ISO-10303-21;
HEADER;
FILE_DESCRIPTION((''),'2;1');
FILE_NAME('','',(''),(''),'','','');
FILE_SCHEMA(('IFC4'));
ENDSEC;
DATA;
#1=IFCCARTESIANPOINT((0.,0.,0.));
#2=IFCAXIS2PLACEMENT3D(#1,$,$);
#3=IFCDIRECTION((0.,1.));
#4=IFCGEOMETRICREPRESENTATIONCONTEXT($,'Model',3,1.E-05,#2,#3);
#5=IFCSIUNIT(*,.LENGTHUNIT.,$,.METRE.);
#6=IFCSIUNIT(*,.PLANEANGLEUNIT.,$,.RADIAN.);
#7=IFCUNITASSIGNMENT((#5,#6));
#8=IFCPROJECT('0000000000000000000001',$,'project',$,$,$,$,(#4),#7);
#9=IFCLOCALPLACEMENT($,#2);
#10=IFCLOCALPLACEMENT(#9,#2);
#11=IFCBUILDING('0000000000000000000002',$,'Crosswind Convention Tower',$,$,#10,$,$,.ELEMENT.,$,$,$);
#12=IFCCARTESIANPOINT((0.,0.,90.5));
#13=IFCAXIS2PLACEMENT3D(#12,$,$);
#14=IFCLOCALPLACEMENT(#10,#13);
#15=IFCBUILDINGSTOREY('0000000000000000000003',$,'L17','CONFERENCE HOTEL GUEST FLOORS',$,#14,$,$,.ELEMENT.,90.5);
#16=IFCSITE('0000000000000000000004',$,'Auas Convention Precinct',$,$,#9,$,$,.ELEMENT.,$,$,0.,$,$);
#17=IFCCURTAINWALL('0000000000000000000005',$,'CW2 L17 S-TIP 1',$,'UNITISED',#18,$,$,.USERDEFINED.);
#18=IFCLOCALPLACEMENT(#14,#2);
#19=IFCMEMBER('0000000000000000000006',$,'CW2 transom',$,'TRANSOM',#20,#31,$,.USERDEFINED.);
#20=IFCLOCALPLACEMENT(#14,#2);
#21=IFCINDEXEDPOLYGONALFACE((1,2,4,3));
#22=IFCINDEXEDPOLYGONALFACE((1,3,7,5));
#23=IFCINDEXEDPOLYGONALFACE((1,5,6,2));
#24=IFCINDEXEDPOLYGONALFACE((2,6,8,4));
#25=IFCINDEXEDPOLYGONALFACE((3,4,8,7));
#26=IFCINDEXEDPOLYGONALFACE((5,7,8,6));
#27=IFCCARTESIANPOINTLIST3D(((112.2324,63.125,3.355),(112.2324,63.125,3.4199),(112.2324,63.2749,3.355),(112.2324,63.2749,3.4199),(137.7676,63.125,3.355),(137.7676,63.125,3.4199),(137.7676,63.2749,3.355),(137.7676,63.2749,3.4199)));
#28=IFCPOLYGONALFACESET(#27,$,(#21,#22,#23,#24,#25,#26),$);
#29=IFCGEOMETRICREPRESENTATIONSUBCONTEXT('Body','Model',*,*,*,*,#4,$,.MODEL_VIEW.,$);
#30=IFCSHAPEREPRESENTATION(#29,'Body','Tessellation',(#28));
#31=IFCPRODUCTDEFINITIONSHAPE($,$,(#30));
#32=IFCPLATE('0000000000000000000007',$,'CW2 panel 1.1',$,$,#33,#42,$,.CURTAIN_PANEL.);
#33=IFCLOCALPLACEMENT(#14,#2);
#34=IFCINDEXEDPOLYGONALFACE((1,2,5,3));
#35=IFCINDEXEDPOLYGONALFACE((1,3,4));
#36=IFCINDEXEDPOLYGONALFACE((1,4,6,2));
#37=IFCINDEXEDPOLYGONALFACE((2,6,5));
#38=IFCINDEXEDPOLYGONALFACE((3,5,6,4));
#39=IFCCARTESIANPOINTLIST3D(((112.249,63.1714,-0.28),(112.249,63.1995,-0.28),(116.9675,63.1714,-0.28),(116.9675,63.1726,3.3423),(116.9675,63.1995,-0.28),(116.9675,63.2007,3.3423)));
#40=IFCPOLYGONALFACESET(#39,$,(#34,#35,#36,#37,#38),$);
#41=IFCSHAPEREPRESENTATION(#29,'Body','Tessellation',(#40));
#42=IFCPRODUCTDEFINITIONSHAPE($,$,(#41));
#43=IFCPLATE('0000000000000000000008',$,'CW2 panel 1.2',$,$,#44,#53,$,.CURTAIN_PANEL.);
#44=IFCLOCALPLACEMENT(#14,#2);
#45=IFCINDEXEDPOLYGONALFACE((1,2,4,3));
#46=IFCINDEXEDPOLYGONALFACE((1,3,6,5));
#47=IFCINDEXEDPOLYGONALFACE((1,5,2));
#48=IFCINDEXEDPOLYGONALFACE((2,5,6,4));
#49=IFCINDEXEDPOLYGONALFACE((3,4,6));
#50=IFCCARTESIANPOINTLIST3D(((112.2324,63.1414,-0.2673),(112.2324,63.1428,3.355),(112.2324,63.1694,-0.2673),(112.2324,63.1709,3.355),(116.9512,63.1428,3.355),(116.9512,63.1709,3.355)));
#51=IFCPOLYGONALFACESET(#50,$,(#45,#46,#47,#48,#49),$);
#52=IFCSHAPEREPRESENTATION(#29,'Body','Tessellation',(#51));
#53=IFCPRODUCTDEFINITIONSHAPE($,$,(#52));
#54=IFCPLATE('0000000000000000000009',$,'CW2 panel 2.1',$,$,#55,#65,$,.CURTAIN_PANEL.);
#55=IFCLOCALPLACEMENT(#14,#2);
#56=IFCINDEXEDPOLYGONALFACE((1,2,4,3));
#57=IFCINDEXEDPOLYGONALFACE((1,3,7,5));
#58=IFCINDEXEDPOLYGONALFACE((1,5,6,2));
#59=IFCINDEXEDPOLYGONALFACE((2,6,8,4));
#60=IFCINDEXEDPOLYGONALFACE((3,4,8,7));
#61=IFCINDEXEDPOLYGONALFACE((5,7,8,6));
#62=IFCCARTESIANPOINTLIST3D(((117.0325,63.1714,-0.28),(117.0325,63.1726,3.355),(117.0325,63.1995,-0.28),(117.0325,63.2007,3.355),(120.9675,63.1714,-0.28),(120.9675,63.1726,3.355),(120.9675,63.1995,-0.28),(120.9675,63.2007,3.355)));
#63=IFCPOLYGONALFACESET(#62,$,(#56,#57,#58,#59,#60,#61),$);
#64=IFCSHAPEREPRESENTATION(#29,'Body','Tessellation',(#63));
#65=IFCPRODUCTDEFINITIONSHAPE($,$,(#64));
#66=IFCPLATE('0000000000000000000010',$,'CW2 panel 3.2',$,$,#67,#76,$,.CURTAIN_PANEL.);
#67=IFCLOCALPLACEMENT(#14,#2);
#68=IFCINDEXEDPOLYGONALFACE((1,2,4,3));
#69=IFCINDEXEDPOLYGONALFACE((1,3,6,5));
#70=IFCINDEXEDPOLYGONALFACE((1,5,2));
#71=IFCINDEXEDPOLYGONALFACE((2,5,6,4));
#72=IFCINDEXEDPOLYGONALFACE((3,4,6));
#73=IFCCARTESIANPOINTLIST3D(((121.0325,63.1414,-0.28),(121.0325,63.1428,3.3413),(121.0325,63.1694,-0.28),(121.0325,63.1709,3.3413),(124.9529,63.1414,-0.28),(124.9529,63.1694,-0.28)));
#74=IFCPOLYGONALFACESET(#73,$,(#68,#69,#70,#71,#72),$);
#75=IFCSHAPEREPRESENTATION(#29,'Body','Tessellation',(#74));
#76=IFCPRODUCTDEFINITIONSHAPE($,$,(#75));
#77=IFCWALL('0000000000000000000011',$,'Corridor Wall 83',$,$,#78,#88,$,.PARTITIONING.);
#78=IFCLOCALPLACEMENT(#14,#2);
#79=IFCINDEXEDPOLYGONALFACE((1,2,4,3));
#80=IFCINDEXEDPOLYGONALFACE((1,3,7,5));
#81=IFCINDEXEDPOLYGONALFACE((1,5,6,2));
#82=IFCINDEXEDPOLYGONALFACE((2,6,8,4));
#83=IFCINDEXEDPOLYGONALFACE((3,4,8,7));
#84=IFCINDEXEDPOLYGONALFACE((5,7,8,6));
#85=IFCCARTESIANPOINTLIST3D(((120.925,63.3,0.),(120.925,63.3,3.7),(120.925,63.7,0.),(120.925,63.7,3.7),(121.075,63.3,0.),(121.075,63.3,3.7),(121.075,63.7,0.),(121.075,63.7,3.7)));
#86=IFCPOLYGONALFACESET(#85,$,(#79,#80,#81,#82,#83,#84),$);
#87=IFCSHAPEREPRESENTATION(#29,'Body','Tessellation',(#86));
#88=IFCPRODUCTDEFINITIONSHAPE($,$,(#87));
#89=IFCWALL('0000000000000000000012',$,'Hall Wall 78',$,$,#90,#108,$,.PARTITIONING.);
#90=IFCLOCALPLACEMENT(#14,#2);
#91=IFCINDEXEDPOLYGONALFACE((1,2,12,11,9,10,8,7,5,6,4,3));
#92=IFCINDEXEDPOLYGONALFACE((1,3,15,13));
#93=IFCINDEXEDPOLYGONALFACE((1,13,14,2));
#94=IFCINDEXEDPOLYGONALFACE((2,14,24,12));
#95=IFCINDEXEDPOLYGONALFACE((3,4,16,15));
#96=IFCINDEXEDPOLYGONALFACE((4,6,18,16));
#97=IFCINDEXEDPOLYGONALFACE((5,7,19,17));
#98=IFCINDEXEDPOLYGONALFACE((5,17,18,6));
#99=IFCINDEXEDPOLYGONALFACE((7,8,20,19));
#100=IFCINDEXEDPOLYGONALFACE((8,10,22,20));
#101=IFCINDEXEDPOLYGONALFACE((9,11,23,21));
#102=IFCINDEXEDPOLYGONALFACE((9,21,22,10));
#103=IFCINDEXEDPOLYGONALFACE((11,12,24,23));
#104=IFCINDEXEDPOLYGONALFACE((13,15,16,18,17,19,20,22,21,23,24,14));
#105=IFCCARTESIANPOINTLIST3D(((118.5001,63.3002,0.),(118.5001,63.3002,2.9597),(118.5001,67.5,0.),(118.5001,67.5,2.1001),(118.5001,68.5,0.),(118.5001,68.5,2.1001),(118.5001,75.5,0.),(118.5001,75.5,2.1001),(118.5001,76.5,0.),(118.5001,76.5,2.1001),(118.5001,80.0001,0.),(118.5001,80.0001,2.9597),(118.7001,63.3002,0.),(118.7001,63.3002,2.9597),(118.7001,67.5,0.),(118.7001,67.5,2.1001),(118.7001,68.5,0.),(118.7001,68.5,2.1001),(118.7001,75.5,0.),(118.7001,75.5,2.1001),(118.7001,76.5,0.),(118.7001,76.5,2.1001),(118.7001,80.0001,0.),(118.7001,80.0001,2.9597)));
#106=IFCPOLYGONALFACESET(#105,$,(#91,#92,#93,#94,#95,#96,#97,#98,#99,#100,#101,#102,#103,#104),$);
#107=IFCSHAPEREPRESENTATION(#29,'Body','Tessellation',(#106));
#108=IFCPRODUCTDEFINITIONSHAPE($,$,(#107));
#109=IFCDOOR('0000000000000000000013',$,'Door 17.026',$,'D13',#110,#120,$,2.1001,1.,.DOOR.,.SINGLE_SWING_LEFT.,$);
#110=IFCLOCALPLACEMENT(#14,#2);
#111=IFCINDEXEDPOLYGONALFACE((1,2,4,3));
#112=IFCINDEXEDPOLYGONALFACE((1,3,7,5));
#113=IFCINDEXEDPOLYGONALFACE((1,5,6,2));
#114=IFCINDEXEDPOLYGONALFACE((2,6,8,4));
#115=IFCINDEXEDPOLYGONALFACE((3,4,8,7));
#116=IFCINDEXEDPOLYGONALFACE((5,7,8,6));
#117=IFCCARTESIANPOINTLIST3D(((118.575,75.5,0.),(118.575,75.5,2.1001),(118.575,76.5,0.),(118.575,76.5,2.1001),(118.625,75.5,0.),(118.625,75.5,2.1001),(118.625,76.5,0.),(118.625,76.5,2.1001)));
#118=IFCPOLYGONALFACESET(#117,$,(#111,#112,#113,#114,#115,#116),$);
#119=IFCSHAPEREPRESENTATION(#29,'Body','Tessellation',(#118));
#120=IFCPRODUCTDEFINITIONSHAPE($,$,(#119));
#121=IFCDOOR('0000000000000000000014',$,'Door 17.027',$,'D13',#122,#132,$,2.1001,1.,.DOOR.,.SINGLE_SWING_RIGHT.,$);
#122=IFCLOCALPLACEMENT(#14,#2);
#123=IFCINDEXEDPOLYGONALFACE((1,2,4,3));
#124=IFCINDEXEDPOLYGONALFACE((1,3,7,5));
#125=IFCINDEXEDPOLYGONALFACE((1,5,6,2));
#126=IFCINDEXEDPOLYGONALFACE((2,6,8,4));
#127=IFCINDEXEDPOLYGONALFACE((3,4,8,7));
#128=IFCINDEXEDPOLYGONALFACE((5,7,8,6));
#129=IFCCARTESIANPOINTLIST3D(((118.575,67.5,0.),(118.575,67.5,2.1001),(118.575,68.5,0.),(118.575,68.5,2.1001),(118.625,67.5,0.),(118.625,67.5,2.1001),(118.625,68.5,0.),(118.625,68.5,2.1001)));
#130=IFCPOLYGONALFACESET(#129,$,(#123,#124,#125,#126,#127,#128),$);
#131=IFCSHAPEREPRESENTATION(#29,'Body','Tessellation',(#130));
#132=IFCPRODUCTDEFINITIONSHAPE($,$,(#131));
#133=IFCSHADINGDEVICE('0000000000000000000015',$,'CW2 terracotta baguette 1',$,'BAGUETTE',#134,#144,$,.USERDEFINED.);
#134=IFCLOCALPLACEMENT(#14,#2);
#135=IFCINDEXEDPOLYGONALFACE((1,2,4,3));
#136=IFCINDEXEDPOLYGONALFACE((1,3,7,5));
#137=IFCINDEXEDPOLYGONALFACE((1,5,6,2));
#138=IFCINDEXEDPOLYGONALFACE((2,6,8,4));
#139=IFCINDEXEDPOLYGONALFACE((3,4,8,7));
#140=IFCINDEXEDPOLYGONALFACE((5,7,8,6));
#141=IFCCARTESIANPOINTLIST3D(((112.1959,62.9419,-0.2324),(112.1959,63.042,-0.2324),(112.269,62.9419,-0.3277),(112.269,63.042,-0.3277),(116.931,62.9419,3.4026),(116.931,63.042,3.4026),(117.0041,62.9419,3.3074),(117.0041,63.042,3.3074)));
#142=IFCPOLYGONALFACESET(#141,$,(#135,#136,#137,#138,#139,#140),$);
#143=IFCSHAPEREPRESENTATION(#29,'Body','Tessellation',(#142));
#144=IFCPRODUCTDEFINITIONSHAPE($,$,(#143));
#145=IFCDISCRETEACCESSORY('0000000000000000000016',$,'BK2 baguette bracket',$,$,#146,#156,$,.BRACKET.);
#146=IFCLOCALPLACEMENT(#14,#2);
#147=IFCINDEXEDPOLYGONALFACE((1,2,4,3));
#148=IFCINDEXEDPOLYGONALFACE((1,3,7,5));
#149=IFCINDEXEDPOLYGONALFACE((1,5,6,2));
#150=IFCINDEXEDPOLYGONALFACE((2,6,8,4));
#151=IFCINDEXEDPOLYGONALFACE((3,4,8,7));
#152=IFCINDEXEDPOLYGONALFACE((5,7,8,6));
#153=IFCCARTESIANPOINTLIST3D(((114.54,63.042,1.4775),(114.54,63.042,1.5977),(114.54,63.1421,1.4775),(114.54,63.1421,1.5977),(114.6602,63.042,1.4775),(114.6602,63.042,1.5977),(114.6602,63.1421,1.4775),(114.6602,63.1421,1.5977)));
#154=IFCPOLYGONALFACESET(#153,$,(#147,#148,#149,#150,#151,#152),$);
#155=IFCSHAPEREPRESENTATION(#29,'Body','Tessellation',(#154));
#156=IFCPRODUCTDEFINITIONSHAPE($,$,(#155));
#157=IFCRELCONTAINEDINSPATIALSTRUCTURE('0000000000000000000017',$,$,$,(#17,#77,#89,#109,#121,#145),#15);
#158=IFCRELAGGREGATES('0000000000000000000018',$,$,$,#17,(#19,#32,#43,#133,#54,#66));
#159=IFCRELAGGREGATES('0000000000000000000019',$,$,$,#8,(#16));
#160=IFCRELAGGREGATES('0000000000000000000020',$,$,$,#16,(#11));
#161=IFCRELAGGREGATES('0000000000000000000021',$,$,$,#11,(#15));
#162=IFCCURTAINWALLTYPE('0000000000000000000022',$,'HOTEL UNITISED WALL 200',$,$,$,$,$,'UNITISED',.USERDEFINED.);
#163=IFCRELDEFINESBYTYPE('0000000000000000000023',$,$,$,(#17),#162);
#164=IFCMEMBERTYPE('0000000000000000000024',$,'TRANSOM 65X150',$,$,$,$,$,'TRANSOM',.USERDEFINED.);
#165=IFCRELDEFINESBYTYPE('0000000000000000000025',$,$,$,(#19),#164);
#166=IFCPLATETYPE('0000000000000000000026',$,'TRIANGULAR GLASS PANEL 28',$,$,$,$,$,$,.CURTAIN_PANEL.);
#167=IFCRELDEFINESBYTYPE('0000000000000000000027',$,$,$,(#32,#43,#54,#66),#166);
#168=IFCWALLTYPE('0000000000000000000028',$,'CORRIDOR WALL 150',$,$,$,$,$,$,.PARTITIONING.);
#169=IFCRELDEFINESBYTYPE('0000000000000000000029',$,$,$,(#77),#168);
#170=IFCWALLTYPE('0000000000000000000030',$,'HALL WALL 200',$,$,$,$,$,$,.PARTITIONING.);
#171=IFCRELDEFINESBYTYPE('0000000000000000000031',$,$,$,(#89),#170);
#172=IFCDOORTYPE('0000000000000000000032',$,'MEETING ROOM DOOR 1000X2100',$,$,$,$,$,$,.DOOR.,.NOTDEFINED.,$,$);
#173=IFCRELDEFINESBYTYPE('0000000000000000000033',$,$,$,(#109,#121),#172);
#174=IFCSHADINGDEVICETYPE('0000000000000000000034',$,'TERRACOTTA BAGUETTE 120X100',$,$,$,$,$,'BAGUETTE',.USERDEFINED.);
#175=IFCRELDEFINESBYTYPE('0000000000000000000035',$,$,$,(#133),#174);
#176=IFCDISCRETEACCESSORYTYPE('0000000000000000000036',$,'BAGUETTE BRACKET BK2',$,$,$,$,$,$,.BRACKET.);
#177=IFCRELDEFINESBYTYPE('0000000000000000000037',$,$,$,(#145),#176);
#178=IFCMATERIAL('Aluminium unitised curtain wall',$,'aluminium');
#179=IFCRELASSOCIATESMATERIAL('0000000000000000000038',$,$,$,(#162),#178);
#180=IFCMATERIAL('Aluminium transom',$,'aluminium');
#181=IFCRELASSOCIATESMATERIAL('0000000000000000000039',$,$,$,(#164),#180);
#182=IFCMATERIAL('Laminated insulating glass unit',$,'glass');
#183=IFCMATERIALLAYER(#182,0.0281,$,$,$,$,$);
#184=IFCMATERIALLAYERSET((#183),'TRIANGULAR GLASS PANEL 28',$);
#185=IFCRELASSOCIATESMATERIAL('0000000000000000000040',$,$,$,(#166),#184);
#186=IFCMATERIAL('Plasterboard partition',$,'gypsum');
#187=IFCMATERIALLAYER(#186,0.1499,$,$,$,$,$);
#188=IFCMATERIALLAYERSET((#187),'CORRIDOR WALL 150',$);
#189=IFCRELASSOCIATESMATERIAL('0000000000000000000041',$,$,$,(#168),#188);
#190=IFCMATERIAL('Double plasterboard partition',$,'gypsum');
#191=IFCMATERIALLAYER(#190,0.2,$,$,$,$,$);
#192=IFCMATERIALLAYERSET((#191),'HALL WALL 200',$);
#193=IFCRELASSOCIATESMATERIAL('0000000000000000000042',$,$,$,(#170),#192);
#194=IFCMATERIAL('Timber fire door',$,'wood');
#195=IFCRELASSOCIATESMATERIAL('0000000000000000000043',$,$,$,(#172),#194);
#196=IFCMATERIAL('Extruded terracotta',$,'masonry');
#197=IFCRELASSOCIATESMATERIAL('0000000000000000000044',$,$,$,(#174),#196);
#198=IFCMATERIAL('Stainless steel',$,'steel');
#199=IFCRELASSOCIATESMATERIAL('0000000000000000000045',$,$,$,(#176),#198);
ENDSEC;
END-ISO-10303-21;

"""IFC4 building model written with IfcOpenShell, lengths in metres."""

from ifc_helpers import new_model, si_unit, direction, frame, frame_2d, origin, origin_2d, place, context, subcontext, project, spatial, polyline, rectangle, outline, extrude, material, layer, layer_set, material_profile, profile_set, type_object, element, fill, aggregate, save


model = new_model("IFC4")

# Units and contexts
model_context = context("Model", 3, precision=1e-05, world=origin(), true_north=direction((0.0, 1.0)))
body_context = subcontext(model_context, "Body", "Model", "MODEL_VIEW")
ifc_project = project(units=[si_unit("LENGTHUNIT", "METRE"), si_unit("PLANEANGLEUNIT", "RADIAN")], contexts=[model_context])

# Site, building, storey
site_placement = place(None, origin())
site = spatial("IfcSite", under=ifc_project, at=site_placement, Name="Auas Convention Precinct", CompositionType="ELEMENT", RefElevation=0.0)
building_placement = place(site_placement, origin())
building = spatial("IfcBuilding", under=site, at=building_placement, Name="Crosswind Convention Tower", CompositionType="ELEMENT")
storey_placement = place(building_placement, frame((0.0, 0.0, 90.5)))
storey = spatial("IfcBuildingStorey", under=building, at=storey_placement, Name="L17", Description="CONFERENCE HOTEL GUEST FLOORS", CompositionType="ELEMENT", Elevation=90.5)

# Curtain wall, member, plates
ifc_material_1 = material(Name="Aluminium unitised curtain wall", Category="aluminium")
curtain_wall_type = type_object("IfcCurtainWallType", Name="HOTEL UNITISED WALL 200", ElementType="UNITISED", PredefinedType="USERDEFINED", material=ifc_material_1)
curtain_wall_placement = place(storey_placement, origin())
curtain_wall = element("IfcCurtainWall", 1, at=curtain_wall_placement, inside=storey, type_object=curtain_wall_type, Name="CW2 L17 S-TIP 1", ObjectType="UNITISED", PredefinedType="USERDEFINED")
ifc_material_2 = material(Name="Aluminium transom", Category="aluminium")
ifc_material_profile_1 = material_profile(ifc_material_2, rectangle(XDim=0.1499, YDim=0.0649, at=origin_2d()), Name="AL 150X65")
ifc_profile_set_1 = profile_set([ifc_material_profile_1], Name="Aluminium transom")
member_type_1 = type_object("IfcMemberType", Name="TRANSOM 65X150", ElementType="TRANSOM", PredefinedType="USERDEFINED", material=ifc_profile_set_1)
member_1_placement = place(storey_placement, frame((112.2324, 63.2, 3.3875), z_axis=(1.0, 0.0, 0.0), x_axis=(0.0, 1.0, 0.0)))
member_1 = element("IfcMember", 2, at=member_1_placement, type_object=member_type_1, Name="CW2 transom", ObjectType="TRANSOM", PredefinedType="USERDEFINED", context=body_context, shape_type="SweptSolid", body=[
    extrude(rectangle(XDim=0.1499, YDim=0.0649, at=origin_2d()), origin(), (0.0, 0.0, 1.0), 25.5352),
])
ifc_material_3 = material(Name="Laminated insulating glass unit", Category="glass")
ifc_layer_1 = layer(ifc_material_3, 0.0281)
ifc_layer_set_1 = layer_set([ifc_layer_1], Name="TRIANGULAR GLASS PANEL 28")
plate_type = type_object("IfcPlateType", Name="TRIANGULAR GLASS PANEL 28", PredefinedType="CURTAIN_PANEL", material=ifc_layer_set_1)
plate_1_placement = place(storey_placement, frame((116.9675, 63.1714, -0.28), z_axis=(0.0, -1.0, 0.000337), x_axis=(0.0, 0.000337, 1.0)))
plate_1 = element("IfcPlate", 3, at=plate_1_placement, type_object=plate_type, Name="CW2 panel 1.1", PredefinedType="CURTAIN_PANEL", context=body_context, shape_type="SweptSolid", body=[
    extrude(outline(polyline([(0.0, 0.0), (3.6223, 0.0), (0.0, 4.7185), (0.0, 0.0)])), origin(), (0.0, 0.0, -1.0), 0.0281),
])
plate_2_placement = place(storey_placement, frame((112.2324, 63.1428, 3.355), z_axis=(0.0, -1.0, 0.000404), x_axis=(0.0, -0.000404, -1.0)))
plate_2 = element("IfcPlate", 4, at=plate_2_placement, type_object=plate_type, Name="CW2 panel 1.2", PredefinedType="CURTAIN_PANEL", context=body_context, shape_type="SweptSolid", body=[
    extrude(outline(polyline([(0.0, 0.0), (3.6223, 0.0), (0.0, 4.7188), (0.0, 0.0)])), origin(), (0.0, 0.0, -1.0), 0.0281),
])
plate_3_placement = place(storey_placement, frame((117.0325, 63.1714, -0.28), z_axis=(0.0, -1.0, 0.000336), x_axis=(1.0, 0.0, 0.0)))
plate_3 = element("IfcPlate", 5, at=plate_3_placement, type_object=plate_type, Name="CW2 panel 2.1", PredefinedType="CURTAIN_PANEL", context=body_context, shape_type="SweptSolid", body=[
    extrude(outline(polyline([(0.0, 0.0), (3.9351, 0.0), (3.9351, 3.635), (0.0, 3.635), (0.0, 0.0)])), origin(), (0.0, 0.0, -1.0), 0.0281),
])
plate_4_placement = place(storey_placement, frame((121.0325, 63.1414, -0.28), z_axis=(0.0, -1.0, 0.000405), x_axis=(1.0, 0.0, 0.0)))
plate_4 = element("IfcPlate", 6, at=plate_4_placement, type_object=plate_type, Name="CW2 panel 3.2", PredefinedType="CURTAIN_PANEL", context=body_context, shape_type="SweptSolid", body=[
    extrude(outline(polyline([(0.0, 0.0), (3.9204, 0.0), (0.0, 3.6213), (0.0, 0.0)])), origin(), (0.0, 0.0, -1.0), 0.0281),
])

# Wall
ifc_material_4 = material(Name="Plasterboard partition", Category="gypsum")
ifc_layer_2 = layer(ifc_material_4, 0.1499)
ifc_layer_set_2 = layer_set([ifc_layer_2], Name="CORRIDOR WALL 150")
wall_type_1 = type_object("IfcWallType", Name="CORRIDOR WALL 150", PredefinedType="PARTITIONING", material=ifc_layer_set_2)
wall_1_placement = place(storey_placement, frame((121.0, 63.3, 0.0), z_axis=(0.0, 0.0, 1.0), x_axis=(0.0, 1.0, 0.0)))
element("IfcWall", 7, at=wall_1_placement, inside=storey, type_object=wall_type_1, Name="Corridor Wall 83", PredefinedType="PARTITIONING", context=body_context, shape_type="SweptSolid", body=[
    extrude(rectangle(XDim=0.3999, YDim=0.1499, at=frame_2d((0.2, 0.0))), origin(), (0.0, 0.0, 1.0), 3.7),
])

# Wall, openings, doors
ifc_material_5 = material(Name="Double plasterboard partition", Category="gypsum")
ifc_layer_3 = layer(ifc_material_5, 0.2)
ifc_layer_set_3 = layer_set([ifc_layer_3], Name="HALL WALL 200")
wall_type_2 = type_object("IfcWallType", Name="HALL WALL 200", PredefinedType="PARTITIONING", material=ifc_layer_set_3)
wall_2_placement = place(storey_placement, frame((118.6001, 63.3, 0.0), z_axis=(0.0, 0.0, 1.0), x_axis=(0.0, 1.0, 0.0)))
wall_2 = element("IfcWall", 8, at=wall_2_placement, inside=storey, type_object=wall_type_2, Name="Hall Wall 78", PredefinedType="PARTITIONING", context=body_context, shape_type="SweptSolid", body=[
    extrude(rectangle(XDim=16.7, YDim=0.2, at=frame_2d((8.3501, 0.0))), origin(), (0.0, 0.0, 1.0), 2.9597),
])
opening_1_placement = place(wall_2_placement, frame((12.2, 0.0, 0.0)))
opening_1 = element("IfcOpeningElement", 9, at=opening_1_placement, cuts=wall_2, PredefinedType="OPENING", context=body_context, shape_type="SweptSolid", body=[
    extrude(rectangle(XDim=1.0, YDim=2.1001, at=frame_2d((0.5, 1.05))), frame((0.0, 0.1099, 0.0), z_axis=(0.0, -1.0, 0.0), x_axis=(1.0, 0.0, 0.0)), (0.0, 0.0, 1.0), 0.22),
])
opening_2_placement = place(wall_2_placement, frame((4.2, 0.0, 0.0)))
opening_2 = element("IfcOpeningElement", 10, at=opening_2_placement, cuts=wall_2, PredefinedType="OPENING", context=body_context, shape_type="SweptSolid", body=[
    extrude(rectangle(XDim=1.0, YDim=2.1001, at=frame_2d((0.5, 1.05))), frame((0.0, 0.1099, 0.0), z_axis=(0.0, -1.0, 0.0), x_axis=(1.0, 0.0, 0.0)), (0.0, 0.0, 1.0), 0.22),
])
ifc_material_6 = material(Name="Timber fire door", Category="wood")
door_type = type_object("IfcDoorType", Name="MEETING ROOM DOOR 1000X2100", OperationType="NOTDEFINED", PredefinedType="DOOR", material=ifc_material_6)
door_1_placement = place(opening_1_placement, frame((1.0, 0.0, 0.0), z_axis=(0.0, 0.0, 1.0), x_axis=(-1.0, 0.0, 0.0)))
door_1 = element("IfcDoor", 11, at=door_1_placement, inside=storey, type_object=door_type, Name="Door 17.026", ObjectType="D13", OperationType="SINGLE_SWING_LEFT", OverallHeight=2.1001, OverallWidth=1.0, PredefinedType="DOOR", context=body_context, shape_type="SweptSolid", body=[
    extrude(rectangle(XDim=1.0, YDim=2.1001, at=frame_2d((0.5, 1.05))), frame((0.0, 0.0249, 0.0), z_axis=(0.0, -1.0, 0.0), x_axis=(1.0, 0.0, 0.0)), (0.0, 0.0, 1.0), 0.05),
])
fill(opening_1, door_1)
door_2_placement = place(opening_2_placement, frame((1.0, 0.0, 0.0), z_axis=(0.0, 0.0, 1.0), x_axis=(-1.0, 0.0, 0.0)))
door_2 = element("IfcDoor", 12, at=door_2_placement, inside=storey, type_object=door_type, Name="Door 17.027", ObjectType="D13", OperationType="SINGLE_SWING_RIGHT", OverallHeight=2.1001, OverallWidth=1.0, PredefinedType="DOOR", context=body_context, shape_type="SweptSolid", body=[
    extrude(rectangle(XDim=1.0, YDim=2.1001, at=frame_2d((0.5, 1.05))), frame((0.0, 0.0249, 0.0), z_axis=(0.0, -1.0, 0.0), x_axis=(1.0, 0.0, 0.0)), (0.0, 0.0, 1.0), 0.05),
])
fill(opening_2, door_2)

# Shading device
ifc_material_7 = material(Name="Extruded terracotta", Category="masonry")
ifc_material_profile_2 = material_profile(ifc_material_7, rectangle(XDim=0.1001, YDim=0.1201, at=origin_2d()), Name="TC 100X120")
ifc_profile_set_2 = profile_set([ifc_material_profile_2], Name="Extruded terracotta")
shading_device_type = type_object("IfcShadingDeviceType", Name="TERRACOTTA BAGUETTE 120X100", ElementType="BAGUETTE", PredefinedType="USERDEFINED", material=ifc_profile_set_2)
shading_device_placement = place(storey_placement, frame((112.2324, 62.9919, -0.28), z_axis=(0.793221, 0.0, 0.608934), x_axis=(0.0, 1.0, 0.0)))
shading_device = element("IfcShadingDevice", 13, at=shading_device_placement, type_object=shading_device_type, Name="CW2 terracotta baguette 1", ObjectType="BAGUETTE", PredefinedType="USERDEFINED", context=body_context, shape_type="SweptSolid", body=[
    extrude(rectangle(XDim=0.1001, YDim=0.1201, at=origin_2d()), origin(), (0.0, 0.0, 1.0), 5.9695),
])
aggregate(curtain_wall, [member_1, plate_1, plate_2, shading_device, plate_3, plate_4])

# Discrete accessory
ifc_material_8 = material(Name="Stainless steel", Category="steel")
discrete_accessory_type = type_object("IfcDiscreteAccessoryType", Name="BAGUETTE BRACKET BK2", PredefinedType="BRACKET", material=ifc_material_8)
discrete_accessory_placement = place(storey_placement, frame((114.6001, 63.092, 1.4775), z_axis=(0.0, 0.0, 1.0), x_axis=(1.0, 0.0, 0.0)))
element("IfcDiscreteAccessory", 14, at=discrete_accessory_placement, inside=storey, type_object=discrete_accessory_type, Name="BK2 baguette bracket", PredefinedType="BRACKET", context=body_context, shape_type="SweptSolid", body=[
    extrude(rectangle(XDim=0.1201, YDim=0.1001, at=origin_2d()), origin(), (0.0, 0.0, 1.0), 0.1201),
])

save(model, "model.ifc")
